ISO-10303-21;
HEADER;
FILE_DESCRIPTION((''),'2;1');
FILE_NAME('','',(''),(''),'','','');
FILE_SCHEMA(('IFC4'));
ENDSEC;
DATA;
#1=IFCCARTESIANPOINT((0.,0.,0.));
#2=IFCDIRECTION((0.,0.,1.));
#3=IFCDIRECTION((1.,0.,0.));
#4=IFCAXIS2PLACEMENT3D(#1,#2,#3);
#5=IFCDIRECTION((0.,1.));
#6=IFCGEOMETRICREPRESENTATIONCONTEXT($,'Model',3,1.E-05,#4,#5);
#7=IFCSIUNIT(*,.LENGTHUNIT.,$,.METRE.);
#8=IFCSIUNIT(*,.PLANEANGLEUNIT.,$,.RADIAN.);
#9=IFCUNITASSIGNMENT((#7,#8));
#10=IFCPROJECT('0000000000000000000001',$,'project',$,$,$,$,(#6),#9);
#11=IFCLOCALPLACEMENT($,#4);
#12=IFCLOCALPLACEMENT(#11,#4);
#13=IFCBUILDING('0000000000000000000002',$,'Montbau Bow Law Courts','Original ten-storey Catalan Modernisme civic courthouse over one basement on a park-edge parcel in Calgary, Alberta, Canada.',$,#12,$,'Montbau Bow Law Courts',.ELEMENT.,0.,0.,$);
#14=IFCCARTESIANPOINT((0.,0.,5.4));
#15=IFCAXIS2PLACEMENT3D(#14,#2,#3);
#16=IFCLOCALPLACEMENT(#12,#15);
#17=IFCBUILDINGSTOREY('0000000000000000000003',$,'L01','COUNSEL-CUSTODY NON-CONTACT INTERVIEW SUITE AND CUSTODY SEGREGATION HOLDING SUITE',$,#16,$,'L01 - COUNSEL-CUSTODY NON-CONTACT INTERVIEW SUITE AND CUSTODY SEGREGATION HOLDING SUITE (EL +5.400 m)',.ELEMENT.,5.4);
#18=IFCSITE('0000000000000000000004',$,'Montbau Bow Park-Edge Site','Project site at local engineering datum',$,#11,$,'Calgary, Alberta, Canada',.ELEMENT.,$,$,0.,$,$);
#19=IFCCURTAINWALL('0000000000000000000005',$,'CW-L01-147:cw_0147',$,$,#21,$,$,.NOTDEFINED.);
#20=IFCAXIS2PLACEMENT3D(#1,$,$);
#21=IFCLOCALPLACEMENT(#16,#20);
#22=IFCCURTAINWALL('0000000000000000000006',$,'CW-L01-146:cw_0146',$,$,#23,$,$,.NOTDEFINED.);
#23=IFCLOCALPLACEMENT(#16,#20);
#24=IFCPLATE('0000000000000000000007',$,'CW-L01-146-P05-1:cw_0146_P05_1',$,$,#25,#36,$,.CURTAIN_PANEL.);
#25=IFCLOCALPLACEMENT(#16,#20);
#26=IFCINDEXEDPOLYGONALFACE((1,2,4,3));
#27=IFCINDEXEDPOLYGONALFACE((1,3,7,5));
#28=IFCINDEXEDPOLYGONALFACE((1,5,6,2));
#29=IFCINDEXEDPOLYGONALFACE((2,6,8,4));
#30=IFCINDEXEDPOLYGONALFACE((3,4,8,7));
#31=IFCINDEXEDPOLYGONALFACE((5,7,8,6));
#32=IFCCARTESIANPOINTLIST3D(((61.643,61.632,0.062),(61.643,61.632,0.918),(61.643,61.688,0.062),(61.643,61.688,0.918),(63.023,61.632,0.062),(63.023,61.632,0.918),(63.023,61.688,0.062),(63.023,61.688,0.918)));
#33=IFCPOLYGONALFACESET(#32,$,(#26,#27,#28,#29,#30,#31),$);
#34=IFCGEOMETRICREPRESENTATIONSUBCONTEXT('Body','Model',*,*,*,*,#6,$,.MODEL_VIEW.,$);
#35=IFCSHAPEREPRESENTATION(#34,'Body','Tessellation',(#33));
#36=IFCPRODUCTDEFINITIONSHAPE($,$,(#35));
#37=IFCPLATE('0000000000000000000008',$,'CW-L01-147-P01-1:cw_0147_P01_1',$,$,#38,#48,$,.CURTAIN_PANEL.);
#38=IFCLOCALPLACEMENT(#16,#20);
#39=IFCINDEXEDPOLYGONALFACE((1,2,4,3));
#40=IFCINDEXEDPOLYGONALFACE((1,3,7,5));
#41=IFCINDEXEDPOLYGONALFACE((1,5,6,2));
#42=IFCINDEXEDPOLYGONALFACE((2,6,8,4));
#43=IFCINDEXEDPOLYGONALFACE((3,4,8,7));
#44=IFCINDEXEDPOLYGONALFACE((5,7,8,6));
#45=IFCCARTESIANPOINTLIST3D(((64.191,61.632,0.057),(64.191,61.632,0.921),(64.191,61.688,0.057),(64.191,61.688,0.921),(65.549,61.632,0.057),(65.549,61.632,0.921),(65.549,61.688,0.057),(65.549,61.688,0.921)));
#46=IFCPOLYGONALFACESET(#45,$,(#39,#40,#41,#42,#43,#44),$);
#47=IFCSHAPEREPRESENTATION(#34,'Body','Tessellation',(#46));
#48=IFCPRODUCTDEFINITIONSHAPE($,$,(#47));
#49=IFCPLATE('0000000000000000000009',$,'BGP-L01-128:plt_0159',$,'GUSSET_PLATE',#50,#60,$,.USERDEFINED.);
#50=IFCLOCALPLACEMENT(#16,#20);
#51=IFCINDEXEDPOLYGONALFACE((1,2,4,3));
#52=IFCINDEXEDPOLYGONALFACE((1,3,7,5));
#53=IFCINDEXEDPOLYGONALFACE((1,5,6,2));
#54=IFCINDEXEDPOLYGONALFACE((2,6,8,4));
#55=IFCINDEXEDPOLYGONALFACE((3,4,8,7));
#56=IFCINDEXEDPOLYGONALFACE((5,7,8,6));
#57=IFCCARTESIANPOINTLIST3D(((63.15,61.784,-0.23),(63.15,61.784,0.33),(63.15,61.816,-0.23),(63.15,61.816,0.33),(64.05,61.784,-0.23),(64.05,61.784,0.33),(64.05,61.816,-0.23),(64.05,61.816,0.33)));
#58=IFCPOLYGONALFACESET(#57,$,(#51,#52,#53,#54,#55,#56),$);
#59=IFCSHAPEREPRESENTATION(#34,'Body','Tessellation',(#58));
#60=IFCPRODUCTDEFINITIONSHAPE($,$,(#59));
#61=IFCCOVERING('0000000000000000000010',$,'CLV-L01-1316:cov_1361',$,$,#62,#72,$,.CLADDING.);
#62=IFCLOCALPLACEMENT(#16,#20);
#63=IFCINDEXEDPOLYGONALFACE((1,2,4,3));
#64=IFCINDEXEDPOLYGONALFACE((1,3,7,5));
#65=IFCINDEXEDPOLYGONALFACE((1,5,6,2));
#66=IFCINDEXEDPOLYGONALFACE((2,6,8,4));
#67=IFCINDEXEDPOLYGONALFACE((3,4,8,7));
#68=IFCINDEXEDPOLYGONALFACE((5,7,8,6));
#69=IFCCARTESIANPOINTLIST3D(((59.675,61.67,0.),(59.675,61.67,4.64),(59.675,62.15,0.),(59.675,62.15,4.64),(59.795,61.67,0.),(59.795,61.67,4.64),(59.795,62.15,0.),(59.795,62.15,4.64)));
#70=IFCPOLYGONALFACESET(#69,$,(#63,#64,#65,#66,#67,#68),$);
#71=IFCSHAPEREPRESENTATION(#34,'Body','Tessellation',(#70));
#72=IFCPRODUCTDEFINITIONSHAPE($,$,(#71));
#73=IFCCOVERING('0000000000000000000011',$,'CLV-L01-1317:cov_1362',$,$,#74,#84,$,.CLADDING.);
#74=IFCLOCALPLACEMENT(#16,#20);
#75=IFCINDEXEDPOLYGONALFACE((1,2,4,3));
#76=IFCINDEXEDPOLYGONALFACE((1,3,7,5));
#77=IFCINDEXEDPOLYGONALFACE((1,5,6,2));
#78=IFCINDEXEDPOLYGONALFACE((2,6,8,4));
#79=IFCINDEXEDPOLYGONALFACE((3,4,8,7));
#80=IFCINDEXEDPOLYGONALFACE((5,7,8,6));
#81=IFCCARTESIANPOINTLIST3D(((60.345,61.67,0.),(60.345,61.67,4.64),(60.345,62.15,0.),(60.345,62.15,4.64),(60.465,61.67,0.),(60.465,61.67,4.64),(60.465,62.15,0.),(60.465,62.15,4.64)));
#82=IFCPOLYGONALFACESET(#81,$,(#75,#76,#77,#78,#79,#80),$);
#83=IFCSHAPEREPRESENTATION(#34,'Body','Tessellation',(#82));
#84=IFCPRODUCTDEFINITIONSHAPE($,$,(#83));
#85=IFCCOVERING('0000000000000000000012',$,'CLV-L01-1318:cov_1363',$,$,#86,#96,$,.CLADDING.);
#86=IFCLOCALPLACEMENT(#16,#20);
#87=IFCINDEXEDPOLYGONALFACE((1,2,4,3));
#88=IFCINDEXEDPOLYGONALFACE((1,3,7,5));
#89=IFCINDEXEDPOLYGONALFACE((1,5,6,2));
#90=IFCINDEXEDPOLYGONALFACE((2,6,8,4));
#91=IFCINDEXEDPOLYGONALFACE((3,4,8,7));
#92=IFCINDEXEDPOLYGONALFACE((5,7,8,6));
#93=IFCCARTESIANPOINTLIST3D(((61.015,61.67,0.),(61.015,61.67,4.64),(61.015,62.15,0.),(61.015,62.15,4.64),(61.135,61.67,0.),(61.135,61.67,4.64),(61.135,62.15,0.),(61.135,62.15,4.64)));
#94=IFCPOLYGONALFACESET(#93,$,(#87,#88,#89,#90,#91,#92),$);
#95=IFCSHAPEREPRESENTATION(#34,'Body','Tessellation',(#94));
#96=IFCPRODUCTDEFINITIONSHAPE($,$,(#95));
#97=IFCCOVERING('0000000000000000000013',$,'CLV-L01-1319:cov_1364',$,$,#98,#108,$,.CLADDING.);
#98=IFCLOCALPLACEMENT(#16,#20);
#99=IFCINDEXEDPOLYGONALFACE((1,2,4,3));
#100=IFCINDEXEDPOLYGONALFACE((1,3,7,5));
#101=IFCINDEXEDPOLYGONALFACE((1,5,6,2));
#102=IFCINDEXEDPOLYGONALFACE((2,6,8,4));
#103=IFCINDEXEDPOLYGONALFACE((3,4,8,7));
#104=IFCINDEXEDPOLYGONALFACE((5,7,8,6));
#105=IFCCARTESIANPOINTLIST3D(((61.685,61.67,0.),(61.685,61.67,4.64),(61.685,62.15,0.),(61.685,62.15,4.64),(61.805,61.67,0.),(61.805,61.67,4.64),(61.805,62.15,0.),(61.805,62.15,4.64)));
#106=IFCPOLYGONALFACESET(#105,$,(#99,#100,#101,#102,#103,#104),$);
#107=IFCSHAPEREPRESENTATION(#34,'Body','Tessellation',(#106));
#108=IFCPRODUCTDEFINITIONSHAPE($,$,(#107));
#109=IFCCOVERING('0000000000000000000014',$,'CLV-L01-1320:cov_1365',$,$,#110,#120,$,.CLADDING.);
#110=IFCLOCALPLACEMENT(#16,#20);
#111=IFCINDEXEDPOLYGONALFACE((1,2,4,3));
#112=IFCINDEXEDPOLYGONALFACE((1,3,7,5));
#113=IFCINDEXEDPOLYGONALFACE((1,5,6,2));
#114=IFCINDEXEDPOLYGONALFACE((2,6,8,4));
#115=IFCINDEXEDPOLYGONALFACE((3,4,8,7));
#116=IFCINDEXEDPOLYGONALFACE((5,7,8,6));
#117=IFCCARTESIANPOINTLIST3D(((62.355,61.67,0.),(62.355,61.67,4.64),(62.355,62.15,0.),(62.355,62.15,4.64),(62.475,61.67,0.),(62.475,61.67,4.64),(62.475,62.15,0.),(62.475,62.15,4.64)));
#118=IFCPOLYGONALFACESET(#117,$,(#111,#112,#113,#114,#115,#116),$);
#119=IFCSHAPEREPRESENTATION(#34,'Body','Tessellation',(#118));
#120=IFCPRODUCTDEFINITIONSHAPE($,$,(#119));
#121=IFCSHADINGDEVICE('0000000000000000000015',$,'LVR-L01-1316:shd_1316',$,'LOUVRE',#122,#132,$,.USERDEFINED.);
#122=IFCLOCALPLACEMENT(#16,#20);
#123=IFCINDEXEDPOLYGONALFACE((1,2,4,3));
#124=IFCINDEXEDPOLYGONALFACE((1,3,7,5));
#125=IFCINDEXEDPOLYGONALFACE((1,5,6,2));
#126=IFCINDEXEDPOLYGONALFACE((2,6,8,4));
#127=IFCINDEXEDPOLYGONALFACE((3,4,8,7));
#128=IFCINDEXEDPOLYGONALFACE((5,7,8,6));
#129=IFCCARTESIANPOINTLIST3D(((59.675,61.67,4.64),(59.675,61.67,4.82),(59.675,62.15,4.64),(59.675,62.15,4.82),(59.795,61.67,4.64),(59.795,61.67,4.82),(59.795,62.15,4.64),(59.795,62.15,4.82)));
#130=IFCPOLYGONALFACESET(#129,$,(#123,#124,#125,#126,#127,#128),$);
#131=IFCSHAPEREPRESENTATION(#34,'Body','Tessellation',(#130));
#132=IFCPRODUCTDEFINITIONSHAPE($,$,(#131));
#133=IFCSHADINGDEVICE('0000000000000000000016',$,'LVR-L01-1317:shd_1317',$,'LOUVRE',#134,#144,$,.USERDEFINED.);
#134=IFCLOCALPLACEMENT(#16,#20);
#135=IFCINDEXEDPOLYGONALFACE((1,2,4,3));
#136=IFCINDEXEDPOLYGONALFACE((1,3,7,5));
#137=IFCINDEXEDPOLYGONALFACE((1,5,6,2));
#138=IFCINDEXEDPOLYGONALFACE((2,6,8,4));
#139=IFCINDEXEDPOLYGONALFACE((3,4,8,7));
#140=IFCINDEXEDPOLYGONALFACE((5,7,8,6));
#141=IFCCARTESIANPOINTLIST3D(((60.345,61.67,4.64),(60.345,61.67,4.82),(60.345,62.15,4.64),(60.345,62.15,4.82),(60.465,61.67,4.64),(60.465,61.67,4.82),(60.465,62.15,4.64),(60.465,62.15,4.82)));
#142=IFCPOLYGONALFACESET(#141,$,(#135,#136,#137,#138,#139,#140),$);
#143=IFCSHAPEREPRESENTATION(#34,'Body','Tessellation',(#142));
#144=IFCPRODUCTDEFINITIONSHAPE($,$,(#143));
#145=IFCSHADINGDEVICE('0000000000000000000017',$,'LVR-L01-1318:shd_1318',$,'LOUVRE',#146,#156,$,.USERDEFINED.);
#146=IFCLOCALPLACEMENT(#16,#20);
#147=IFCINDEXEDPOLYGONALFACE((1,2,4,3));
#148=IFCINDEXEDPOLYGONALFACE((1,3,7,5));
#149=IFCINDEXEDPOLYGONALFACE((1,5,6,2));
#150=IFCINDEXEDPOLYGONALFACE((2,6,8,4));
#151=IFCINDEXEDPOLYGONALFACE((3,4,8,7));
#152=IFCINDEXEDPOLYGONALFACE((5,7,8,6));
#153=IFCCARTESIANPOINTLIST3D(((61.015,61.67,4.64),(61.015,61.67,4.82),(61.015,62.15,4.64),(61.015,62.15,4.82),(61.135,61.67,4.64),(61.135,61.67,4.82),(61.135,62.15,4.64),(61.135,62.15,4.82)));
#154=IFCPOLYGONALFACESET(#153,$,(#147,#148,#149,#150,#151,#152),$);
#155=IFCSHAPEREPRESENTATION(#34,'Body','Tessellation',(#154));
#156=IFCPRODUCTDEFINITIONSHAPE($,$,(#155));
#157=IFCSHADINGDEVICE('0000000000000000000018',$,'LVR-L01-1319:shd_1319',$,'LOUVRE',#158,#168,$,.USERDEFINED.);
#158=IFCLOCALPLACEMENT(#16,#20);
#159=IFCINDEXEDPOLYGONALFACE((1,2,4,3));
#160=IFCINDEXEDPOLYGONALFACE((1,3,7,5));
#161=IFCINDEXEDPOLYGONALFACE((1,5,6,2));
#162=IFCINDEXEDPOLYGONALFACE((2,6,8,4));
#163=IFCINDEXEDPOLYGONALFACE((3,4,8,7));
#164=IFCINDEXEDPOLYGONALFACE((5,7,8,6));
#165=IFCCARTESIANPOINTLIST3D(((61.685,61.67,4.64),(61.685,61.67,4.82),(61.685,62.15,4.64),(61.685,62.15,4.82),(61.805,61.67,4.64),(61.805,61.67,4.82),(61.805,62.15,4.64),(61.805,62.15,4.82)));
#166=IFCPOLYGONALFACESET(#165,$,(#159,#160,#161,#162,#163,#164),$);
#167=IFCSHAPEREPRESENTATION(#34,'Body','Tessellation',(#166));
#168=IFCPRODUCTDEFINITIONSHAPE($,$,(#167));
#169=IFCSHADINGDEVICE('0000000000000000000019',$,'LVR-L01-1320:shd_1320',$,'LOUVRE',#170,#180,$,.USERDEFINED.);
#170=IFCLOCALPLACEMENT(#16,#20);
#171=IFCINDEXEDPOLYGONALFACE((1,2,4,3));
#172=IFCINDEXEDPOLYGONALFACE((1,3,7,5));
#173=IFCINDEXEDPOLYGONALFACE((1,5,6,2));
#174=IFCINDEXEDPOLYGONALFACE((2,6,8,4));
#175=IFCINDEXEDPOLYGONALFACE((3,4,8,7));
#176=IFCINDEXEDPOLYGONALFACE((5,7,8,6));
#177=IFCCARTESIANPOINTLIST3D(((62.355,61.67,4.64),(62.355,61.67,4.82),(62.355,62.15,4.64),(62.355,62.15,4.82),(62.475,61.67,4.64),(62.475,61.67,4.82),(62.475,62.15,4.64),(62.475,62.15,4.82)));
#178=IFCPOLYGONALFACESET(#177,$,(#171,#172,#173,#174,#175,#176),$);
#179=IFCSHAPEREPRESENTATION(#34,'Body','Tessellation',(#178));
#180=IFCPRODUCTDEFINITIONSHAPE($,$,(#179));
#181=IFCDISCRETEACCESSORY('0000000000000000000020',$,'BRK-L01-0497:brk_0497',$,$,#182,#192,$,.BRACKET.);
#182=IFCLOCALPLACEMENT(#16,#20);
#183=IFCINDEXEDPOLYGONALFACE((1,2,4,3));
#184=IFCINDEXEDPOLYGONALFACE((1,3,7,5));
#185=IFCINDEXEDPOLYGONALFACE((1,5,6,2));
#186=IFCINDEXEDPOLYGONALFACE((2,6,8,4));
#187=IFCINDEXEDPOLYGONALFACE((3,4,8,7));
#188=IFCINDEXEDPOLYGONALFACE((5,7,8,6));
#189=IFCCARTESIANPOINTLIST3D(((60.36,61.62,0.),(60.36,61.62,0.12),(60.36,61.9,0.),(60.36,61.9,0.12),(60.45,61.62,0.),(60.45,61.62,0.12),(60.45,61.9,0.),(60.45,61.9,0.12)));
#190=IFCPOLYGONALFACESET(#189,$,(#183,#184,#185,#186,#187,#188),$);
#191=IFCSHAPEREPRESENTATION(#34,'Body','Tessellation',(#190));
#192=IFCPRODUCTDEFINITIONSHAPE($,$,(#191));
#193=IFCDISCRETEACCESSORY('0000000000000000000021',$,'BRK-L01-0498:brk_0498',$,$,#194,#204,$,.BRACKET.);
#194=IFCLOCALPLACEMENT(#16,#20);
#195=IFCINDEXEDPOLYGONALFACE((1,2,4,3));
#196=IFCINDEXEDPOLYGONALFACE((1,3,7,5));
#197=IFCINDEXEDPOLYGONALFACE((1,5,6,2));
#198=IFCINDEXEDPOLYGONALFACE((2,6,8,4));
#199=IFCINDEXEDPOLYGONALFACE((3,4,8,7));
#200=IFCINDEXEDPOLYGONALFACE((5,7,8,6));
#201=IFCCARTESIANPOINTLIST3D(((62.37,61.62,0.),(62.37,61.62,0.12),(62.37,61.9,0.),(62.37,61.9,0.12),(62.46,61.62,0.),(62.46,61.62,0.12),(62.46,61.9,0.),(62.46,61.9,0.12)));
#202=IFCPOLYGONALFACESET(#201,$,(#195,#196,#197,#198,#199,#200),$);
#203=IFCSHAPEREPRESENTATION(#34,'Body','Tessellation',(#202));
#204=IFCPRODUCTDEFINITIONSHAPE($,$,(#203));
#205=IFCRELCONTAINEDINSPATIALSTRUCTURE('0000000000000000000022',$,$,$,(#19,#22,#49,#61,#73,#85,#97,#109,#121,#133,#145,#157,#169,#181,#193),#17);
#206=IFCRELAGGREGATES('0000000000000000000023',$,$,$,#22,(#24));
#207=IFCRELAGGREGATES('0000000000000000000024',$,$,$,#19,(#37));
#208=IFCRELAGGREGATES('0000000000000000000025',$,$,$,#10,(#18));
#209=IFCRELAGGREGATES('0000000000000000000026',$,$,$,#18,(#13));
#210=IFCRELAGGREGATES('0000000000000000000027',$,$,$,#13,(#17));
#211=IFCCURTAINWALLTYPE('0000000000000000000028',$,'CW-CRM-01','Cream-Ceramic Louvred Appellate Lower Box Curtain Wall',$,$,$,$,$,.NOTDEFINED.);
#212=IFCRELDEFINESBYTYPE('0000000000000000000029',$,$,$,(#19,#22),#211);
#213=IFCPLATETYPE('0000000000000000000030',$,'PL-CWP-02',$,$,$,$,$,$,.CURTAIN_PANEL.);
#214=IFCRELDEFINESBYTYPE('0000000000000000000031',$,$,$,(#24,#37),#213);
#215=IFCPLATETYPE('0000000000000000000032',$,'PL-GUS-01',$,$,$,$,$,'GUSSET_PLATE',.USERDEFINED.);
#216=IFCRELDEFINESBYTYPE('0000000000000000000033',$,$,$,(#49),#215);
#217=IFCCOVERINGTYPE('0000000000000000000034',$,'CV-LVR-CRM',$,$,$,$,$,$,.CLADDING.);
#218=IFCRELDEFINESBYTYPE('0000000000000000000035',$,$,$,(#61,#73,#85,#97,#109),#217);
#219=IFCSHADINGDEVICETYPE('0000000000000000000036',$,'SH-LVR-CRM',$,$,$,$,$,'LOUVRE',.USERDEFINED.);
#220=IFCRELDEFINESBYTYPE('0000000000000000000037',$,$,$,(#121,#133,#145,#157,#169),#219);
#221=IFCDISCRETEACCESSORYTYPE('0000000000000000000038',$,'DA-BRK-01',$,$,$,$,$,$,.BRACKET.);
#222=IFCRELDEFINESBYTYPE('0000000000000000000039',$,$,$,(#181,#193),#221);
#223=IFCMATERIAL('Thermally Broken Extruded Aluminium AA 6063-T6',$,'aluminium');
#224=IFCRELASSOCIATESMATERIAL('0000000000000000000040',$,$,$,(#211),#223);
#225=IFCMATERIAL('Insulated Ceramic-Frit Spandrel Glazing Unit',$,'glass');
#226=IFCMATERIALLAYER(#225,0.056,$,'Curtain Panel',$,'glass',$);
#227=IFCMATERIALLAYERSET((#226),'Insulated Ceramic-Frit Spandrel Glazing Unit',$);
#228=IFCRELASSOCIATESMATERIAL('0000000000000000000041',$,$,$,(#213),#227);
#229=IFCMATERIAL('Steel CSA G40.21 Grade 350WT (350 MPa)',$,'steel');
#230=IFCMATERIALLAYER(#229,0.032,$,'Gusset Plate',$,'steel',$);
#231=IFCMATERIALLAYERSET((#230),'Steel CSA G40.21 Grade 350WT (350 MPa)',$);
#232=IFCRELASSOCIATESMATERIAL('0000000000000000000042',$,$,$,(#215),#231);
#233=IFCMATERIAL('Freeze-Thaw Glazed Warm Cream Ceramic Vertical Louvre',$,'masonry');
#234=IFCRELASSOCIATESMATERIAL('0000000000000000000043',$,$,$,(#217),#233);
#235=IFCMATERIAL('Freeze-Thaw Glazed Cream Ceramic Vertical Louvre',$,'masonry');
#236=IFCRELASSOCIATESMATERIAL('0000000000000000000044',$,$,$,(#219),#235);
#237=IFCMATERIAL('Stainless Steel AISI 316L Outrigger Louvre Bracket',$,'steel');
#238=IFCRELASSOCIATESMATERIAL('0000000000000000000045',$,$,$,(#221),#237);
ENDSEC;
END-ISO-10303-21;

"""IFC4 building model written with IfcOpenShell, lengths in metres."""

from ifc_helpers import new_model, si_unit, direction, frame, frame_2d, origin_with_axes, origin_2d_with_axis, place, context, subcontext, project, spatial, rectangle, extrude, material, layer, layer_set, type_object, element, aggregate, save


model = new_model("IFC4")

# Units and contexts
model_context = context("Model", 3, precision=1e-05, world=origin_with_axes(), true_north=direction((0.0, 1.0)))
body_context = subcontext(model_context, "Body", "Model", "MODEL_VIEW")
ifc_project = project(units=[si_unit("LENGTHUNIT", "METRE"), si_unit("PLANEANGLEUNIT", "RADIAN")], contexts=[model_context])

# Site, building, storey
site_placement = place(None, origin_with_axes())
site = spatial("IfcSite", under=ifc_project, at=site_placement, Name="Montbau Bow Park-Edge Site", Description="Project site at local engineering datum", LongName="Calgary, Alberta, Canada", CompositionType="ELEMENT", RefElevation=0.0)
building_placement = place(site_placement, origin_with_axes())
building = spatial("IfcBuilding", under=site, at=building_placement, Name="Montbau Bow Law Courts", Description="Original ten-storey Catalan Modernisme civic courthouse over one basement on a park-edge parcel in Calgary, Alberta, Canada.", LongName="Montbau Bow Law Courts", CompositionType="ELEMENT", ElevationOfRefHeight=0.0, ElevationOfTerrain=0.0)
storey_placement = place(building_placement, frame((0.0, 0.0, 5.4), z_axis=(0.0, 0.0, 1.0), x_axis=(1.0, 0.0, 0.0)))
storey = spatial("IfcBuildingStorey", under=building, at=storey_placement, Name="L01", Description="COUNSEL-CUSTODY NON-CONTACT INTERVIEW SUITE AND CUSTODY SEGREGATION HOLDING SUITE", LongName="L01 - COUNSEL-CUSTODY NON-CONTACT INTERVIEW SUITE AND CUSTODY SEGREGATION HOLDING SUITE (EL +5.400 m)", CompositionType="ELEMENT", Elevation=5.4)

# Shared definitions
ifc_material_1 = material(Name="Steel CSA G40.21 Grade 350WT (350 MPa)", Category="steel")

# Curtain wall
ifc_material_2 = material(Name="Thermally Broken Extruded Aluminium AA 6063-T6", Category="aluminium")
curtain_wall_type = type_object("IfcCurtainWallType", Name="CW-CRM-01", Description="Cream-Ceramic Louvred Appellate Lower Box Curtain Wall", PredefinedType="NOTDEFINED", material=ifc_material_2)
curtain_wall_1_placement = place(None, frame((64.115, 61.66, 5.4), z_axis=(0.0, 0.0, 1.0), x_axis=(1.0, 0.0, 0.0)))
curtain_wall_1 = element("IfcCurtainWall", 1, at=curtain_wall_1_placement, inside=storey, type_object=curtain_wall_type, Name="CW-L01-147:cw_0147", PredefinedType="NOTDEFINED")

# Curtain wall, plate
curtain_wall_2_placement = place(None, frame((55.715, 61.66, 5.4), z_axis=(0.0, 0.0, 1.0), x_axis=(1.0, 0.0, 0.0)))
curtain_wall_2 = element("IfcCurtainWall", 2, at=curtain_wall_2_placement, inside=storey, type_object=curtain_wall_type, Name="CW-L01-146:cw_0146", PredefinedType="NOTDEFINED")
ifc_material_3 = material(Name="Insulated Ceramic-Frit Spandrel Glazing Unit", Category="glass")
ifc_layer_1 = layer(ifc_material_3, 0.056, Name="Curtain Panel", Category="glass")
ifc_layer_set_1 = layer_set([ifc_layer_1], Name="Insulated Ceramic-Frit Spandrel Glazing Unit")
plate_type_1 = type_object("IfcPlateType", Name="PL-CWP-02", PredefinedType="CURTAIN_PANEL", material=ifc_layer_set_1)
plate_1_placement = place(None, frame((61.643, 61.66, 5.462), z_axis=(0.0, -1.0, 0.0), x_axis=(1.0, 0.0, 0.0)))
plate_1 = element("IfcPlate", 3, at=plate_1_placement, type_object=plate_type_1, Name="CW-L01-146-P05-1:cw_0146_P05_1", PredefinedType="CURTAIN_PANEL", context=body_context, shape_type="SweptSolid", body=[
    extrude(rectangle(XDim=1.38, YDim=0.856, at=frame_2d((0.69, 0.428), x_axis=(1.0, 0.0))), frame((0.0, 0.0, -0.028), z_axis=(0.0, 0.0, 1.0), x_axis=(1.0, 0.0, 0.0)), (0.0, 0.0, 1.0), 0.056),
])
aggregate(curtain_wall_2, [plate_1])

# Plates
plate_2_placement = place(None, frame((64.191, 61.66, 5.457), z_axis=(0.0, -1.0, 0.0), x_axis=(1.0, 0.0, 0.0)))
plate_2 = element("IfcPlate", 4, at=plate_2_placement, type_object=plate_type_1, Name="CW-L01-147-P01-1:cw_0147_P01_1", PredefinedType="CURTAIN_PANEL", context=body_context, shape_type="SweptSolid", body=[
    extrude(rectangle(XDim=1.358, YDim=0.864, at=frame_2d((0.679, 0.432), x_axis=(1.0, 0.0))), frame((0.0, 0.0, -0.028), z_axis=(0.0, 0.0, 1.0), x_axis=(1.0, 0.0, 0.0)), (0.0, 0.0, 1.0), 0.056),
])
aggregate(curtain_wall_1, [plate_2])
ifc_layer_2 = layer(ifc_material_1, 0.032, Name="Gusset Plate", Category="steel")
ifc_layer_set_2 = layer_set([ifc_layer_2], Name="Steel CSA G40.21 Grade 350WT (350 MPa)")
plate_type_2 = type_object("IfcPlateType", Name="PL-GUS-01", ElementType="GUSSET_PLATE", PredefinedType="USERDEFINED", material=ifc_layer_set_2)
plate_3_placement = place(None, frame((63.6, 61.8, 5.17), z_axis=(0.0, 0.0, 1.0), x_axis=(1.0, 0.0, 0.0)))
element("IfcPlate", 5, at=plate_3_placement, inside=storey, type_object=plate_type_2, Name="BGP-L01-128:plt_0159", ObjectType="GUSSET_PLATE", PredefinedType="USERDEFINED", context=body_context, shape_type="SweptSolid", body=[
    extrude(rectangle(XDim=0.9, YDim=0.032, at=origin_2d_with_axis()), origin_with_axes(), (0.0, 0.0, 1.0), 0.56),
])

# Coverings
ifc_material_4 = material(Name="Freeze-Thaw Glazed Warm Cream Ceramic Vertical Louvre", Category="masonry")
covering_type = type_object("IfcCoveringType", Name="CV-LVR-CRM", PredefinedType="CLADDING", material=ifc_material_4)
for number, where, z_axis, x_axis, name in (
    (6, (59.735, 61.67, 5.4), (1.0, 0.0, 0.0), (0.0, 1.0, 0.0), "CLV-L01-1316:cov_1361"),
    (7, (60.405, 61.67, 5.4), (1.0, 0.0, 0.0), (0.0, 1.0, 0.0), "CLV-L01-1317:cov_1362"),
    (8, (61.075, 61.67, 5.4), (1.0, 0.0, 0.0), (0.0, 1.0, 0.0), "CLV-L01-1318:cov_1363"),
    (9, (61.745, 61.67, 5.4), (1.0, 0.0, 0.0), (0.0, 1.0, 0.0), "CLV-L01-1319:cov_1364"),
    (10, (62.415, 61.67, 5.4), (1.0, 0.0, 0.0), (0.0, 1.0, 0.0), "CLV-L01-1320:cov_1365"),
):
    element("IfcCovering", number, at=place(None, frame(where, z_axis=z_axis, x_axis=x_axis)), inside=storey, type_object=covering_type, Name=name, PredefinedType="CLADDING", context=body_context, shape_type="SweptSolid", body=[
        extrude(rectangle(XDim=0.48, YDim=4.64, at=frame_2d((0.24, 2.32), x_axis=(1.0, 0.0))), frame((0.0, 0.0, -0.06), z_axis=(0.0, 0.0, 1.0), x_axis=(1.0, 0.0, 0.0)), (0.0, 0.0, 1.0), 0.12),
    ])

# Shading devices
ifc_material_5 = material(Name="Freeze-Thaw Glazed Cream Ceramic Vertical Louvre", Category="masonry")
shading_device_type = type_object("IfcShadingDeviceType", Name="SH-LVR-CRM", ElementType="LOUVRE", PredefinedType="USERDEFINED", material=ifc_material_5)
for number, where, z_axis, x_axis, name in (
    (11, (59.735, 61.91, 10.04), (0.0, 0.0, 1.0), (0.0, 1.0, 0.0), "LVR-L01-1316:shd_1316"),
    (12, (60.405, 61.91, 10.04), (0.0, 0.0, 1.0), (0.0, 1.0, 0.0), "LVR-L01-1317:shd_1317"),
    (13, (61.075, 61.91, 10.04), (0.0, 0.0, 1.0), (0.0, 1.0, 0.0), "LVR-L01-1318:shd_1318"),
    (14, (61.745, 61.91, 10.04), (0.0, 0.0, 1.0), (0.0, 1.0, 0.0), "LVR-L01-1319:shd_1319"),
    (15, (62.415, 61.91, 10.04), (0.0, 0.0, 1.0), (0.0, 1.0, 0.0), "LVR-L01-1320:shd_1320"),
):
    element("IfcShadingDevice", number, at=place(None, frame(where, z_axis=z_axis, x_axis=x_axis)), inside=storey, type_object=shading_device_type, Name=name, ObjectType="LOUVRE", PredefinedType="USERDEFINED", context=body_context, shape_type="SweptSolid", body=[
        extrude(rectangle(XDim=0.48, YDim=0.12, at=origin_2d_with_axis()), origin_with_axes(), (0.0, 0.0, 1.0), 0.18),
    ])

# Discrete accessories
ifc_material_6 = material(Name="Stainless Steel AISI 316L Outrigger Louvre Bracket", Category="steel")
discrete_accessory_type = type_object("IfcDiscreteAccessoryType", Name="DA-BRK-01", PredefinedType="BRACKET", material=ifc_material_6)
for number, where, z_axis, x_axis, name in (
    (16, (60.405, 61.76, 5.4), (0.0, 0.0, 1.0), (0.0, 1.0, 0.0), "BRK-L01-0497:brk_0497"),
    (17, (62.415, 61.76, 5.4), (0.0, 0.0, 1.0), (0.0, 1.0, 0.0), "BRK-L01-0498:brk_0498"),
):
    element("IfcDiscreteAccessory", number, at=place(None, frame(where, z_axis=z_axis, x_axis=x_axis)), inside=storey, type_object=discrete_accessory_type, Name=name, PredefinedType="BRACKET", context=body_context, shape_type="SweptSolid", body=[
        extrude(rectangle(XDim=0.28, YDim=0.09, at=origin_2d_with_axis()), origin_with_axes(), (0.0, 0.0, 1.0), 0.12),
    ])

save(model, "model.ifc")
